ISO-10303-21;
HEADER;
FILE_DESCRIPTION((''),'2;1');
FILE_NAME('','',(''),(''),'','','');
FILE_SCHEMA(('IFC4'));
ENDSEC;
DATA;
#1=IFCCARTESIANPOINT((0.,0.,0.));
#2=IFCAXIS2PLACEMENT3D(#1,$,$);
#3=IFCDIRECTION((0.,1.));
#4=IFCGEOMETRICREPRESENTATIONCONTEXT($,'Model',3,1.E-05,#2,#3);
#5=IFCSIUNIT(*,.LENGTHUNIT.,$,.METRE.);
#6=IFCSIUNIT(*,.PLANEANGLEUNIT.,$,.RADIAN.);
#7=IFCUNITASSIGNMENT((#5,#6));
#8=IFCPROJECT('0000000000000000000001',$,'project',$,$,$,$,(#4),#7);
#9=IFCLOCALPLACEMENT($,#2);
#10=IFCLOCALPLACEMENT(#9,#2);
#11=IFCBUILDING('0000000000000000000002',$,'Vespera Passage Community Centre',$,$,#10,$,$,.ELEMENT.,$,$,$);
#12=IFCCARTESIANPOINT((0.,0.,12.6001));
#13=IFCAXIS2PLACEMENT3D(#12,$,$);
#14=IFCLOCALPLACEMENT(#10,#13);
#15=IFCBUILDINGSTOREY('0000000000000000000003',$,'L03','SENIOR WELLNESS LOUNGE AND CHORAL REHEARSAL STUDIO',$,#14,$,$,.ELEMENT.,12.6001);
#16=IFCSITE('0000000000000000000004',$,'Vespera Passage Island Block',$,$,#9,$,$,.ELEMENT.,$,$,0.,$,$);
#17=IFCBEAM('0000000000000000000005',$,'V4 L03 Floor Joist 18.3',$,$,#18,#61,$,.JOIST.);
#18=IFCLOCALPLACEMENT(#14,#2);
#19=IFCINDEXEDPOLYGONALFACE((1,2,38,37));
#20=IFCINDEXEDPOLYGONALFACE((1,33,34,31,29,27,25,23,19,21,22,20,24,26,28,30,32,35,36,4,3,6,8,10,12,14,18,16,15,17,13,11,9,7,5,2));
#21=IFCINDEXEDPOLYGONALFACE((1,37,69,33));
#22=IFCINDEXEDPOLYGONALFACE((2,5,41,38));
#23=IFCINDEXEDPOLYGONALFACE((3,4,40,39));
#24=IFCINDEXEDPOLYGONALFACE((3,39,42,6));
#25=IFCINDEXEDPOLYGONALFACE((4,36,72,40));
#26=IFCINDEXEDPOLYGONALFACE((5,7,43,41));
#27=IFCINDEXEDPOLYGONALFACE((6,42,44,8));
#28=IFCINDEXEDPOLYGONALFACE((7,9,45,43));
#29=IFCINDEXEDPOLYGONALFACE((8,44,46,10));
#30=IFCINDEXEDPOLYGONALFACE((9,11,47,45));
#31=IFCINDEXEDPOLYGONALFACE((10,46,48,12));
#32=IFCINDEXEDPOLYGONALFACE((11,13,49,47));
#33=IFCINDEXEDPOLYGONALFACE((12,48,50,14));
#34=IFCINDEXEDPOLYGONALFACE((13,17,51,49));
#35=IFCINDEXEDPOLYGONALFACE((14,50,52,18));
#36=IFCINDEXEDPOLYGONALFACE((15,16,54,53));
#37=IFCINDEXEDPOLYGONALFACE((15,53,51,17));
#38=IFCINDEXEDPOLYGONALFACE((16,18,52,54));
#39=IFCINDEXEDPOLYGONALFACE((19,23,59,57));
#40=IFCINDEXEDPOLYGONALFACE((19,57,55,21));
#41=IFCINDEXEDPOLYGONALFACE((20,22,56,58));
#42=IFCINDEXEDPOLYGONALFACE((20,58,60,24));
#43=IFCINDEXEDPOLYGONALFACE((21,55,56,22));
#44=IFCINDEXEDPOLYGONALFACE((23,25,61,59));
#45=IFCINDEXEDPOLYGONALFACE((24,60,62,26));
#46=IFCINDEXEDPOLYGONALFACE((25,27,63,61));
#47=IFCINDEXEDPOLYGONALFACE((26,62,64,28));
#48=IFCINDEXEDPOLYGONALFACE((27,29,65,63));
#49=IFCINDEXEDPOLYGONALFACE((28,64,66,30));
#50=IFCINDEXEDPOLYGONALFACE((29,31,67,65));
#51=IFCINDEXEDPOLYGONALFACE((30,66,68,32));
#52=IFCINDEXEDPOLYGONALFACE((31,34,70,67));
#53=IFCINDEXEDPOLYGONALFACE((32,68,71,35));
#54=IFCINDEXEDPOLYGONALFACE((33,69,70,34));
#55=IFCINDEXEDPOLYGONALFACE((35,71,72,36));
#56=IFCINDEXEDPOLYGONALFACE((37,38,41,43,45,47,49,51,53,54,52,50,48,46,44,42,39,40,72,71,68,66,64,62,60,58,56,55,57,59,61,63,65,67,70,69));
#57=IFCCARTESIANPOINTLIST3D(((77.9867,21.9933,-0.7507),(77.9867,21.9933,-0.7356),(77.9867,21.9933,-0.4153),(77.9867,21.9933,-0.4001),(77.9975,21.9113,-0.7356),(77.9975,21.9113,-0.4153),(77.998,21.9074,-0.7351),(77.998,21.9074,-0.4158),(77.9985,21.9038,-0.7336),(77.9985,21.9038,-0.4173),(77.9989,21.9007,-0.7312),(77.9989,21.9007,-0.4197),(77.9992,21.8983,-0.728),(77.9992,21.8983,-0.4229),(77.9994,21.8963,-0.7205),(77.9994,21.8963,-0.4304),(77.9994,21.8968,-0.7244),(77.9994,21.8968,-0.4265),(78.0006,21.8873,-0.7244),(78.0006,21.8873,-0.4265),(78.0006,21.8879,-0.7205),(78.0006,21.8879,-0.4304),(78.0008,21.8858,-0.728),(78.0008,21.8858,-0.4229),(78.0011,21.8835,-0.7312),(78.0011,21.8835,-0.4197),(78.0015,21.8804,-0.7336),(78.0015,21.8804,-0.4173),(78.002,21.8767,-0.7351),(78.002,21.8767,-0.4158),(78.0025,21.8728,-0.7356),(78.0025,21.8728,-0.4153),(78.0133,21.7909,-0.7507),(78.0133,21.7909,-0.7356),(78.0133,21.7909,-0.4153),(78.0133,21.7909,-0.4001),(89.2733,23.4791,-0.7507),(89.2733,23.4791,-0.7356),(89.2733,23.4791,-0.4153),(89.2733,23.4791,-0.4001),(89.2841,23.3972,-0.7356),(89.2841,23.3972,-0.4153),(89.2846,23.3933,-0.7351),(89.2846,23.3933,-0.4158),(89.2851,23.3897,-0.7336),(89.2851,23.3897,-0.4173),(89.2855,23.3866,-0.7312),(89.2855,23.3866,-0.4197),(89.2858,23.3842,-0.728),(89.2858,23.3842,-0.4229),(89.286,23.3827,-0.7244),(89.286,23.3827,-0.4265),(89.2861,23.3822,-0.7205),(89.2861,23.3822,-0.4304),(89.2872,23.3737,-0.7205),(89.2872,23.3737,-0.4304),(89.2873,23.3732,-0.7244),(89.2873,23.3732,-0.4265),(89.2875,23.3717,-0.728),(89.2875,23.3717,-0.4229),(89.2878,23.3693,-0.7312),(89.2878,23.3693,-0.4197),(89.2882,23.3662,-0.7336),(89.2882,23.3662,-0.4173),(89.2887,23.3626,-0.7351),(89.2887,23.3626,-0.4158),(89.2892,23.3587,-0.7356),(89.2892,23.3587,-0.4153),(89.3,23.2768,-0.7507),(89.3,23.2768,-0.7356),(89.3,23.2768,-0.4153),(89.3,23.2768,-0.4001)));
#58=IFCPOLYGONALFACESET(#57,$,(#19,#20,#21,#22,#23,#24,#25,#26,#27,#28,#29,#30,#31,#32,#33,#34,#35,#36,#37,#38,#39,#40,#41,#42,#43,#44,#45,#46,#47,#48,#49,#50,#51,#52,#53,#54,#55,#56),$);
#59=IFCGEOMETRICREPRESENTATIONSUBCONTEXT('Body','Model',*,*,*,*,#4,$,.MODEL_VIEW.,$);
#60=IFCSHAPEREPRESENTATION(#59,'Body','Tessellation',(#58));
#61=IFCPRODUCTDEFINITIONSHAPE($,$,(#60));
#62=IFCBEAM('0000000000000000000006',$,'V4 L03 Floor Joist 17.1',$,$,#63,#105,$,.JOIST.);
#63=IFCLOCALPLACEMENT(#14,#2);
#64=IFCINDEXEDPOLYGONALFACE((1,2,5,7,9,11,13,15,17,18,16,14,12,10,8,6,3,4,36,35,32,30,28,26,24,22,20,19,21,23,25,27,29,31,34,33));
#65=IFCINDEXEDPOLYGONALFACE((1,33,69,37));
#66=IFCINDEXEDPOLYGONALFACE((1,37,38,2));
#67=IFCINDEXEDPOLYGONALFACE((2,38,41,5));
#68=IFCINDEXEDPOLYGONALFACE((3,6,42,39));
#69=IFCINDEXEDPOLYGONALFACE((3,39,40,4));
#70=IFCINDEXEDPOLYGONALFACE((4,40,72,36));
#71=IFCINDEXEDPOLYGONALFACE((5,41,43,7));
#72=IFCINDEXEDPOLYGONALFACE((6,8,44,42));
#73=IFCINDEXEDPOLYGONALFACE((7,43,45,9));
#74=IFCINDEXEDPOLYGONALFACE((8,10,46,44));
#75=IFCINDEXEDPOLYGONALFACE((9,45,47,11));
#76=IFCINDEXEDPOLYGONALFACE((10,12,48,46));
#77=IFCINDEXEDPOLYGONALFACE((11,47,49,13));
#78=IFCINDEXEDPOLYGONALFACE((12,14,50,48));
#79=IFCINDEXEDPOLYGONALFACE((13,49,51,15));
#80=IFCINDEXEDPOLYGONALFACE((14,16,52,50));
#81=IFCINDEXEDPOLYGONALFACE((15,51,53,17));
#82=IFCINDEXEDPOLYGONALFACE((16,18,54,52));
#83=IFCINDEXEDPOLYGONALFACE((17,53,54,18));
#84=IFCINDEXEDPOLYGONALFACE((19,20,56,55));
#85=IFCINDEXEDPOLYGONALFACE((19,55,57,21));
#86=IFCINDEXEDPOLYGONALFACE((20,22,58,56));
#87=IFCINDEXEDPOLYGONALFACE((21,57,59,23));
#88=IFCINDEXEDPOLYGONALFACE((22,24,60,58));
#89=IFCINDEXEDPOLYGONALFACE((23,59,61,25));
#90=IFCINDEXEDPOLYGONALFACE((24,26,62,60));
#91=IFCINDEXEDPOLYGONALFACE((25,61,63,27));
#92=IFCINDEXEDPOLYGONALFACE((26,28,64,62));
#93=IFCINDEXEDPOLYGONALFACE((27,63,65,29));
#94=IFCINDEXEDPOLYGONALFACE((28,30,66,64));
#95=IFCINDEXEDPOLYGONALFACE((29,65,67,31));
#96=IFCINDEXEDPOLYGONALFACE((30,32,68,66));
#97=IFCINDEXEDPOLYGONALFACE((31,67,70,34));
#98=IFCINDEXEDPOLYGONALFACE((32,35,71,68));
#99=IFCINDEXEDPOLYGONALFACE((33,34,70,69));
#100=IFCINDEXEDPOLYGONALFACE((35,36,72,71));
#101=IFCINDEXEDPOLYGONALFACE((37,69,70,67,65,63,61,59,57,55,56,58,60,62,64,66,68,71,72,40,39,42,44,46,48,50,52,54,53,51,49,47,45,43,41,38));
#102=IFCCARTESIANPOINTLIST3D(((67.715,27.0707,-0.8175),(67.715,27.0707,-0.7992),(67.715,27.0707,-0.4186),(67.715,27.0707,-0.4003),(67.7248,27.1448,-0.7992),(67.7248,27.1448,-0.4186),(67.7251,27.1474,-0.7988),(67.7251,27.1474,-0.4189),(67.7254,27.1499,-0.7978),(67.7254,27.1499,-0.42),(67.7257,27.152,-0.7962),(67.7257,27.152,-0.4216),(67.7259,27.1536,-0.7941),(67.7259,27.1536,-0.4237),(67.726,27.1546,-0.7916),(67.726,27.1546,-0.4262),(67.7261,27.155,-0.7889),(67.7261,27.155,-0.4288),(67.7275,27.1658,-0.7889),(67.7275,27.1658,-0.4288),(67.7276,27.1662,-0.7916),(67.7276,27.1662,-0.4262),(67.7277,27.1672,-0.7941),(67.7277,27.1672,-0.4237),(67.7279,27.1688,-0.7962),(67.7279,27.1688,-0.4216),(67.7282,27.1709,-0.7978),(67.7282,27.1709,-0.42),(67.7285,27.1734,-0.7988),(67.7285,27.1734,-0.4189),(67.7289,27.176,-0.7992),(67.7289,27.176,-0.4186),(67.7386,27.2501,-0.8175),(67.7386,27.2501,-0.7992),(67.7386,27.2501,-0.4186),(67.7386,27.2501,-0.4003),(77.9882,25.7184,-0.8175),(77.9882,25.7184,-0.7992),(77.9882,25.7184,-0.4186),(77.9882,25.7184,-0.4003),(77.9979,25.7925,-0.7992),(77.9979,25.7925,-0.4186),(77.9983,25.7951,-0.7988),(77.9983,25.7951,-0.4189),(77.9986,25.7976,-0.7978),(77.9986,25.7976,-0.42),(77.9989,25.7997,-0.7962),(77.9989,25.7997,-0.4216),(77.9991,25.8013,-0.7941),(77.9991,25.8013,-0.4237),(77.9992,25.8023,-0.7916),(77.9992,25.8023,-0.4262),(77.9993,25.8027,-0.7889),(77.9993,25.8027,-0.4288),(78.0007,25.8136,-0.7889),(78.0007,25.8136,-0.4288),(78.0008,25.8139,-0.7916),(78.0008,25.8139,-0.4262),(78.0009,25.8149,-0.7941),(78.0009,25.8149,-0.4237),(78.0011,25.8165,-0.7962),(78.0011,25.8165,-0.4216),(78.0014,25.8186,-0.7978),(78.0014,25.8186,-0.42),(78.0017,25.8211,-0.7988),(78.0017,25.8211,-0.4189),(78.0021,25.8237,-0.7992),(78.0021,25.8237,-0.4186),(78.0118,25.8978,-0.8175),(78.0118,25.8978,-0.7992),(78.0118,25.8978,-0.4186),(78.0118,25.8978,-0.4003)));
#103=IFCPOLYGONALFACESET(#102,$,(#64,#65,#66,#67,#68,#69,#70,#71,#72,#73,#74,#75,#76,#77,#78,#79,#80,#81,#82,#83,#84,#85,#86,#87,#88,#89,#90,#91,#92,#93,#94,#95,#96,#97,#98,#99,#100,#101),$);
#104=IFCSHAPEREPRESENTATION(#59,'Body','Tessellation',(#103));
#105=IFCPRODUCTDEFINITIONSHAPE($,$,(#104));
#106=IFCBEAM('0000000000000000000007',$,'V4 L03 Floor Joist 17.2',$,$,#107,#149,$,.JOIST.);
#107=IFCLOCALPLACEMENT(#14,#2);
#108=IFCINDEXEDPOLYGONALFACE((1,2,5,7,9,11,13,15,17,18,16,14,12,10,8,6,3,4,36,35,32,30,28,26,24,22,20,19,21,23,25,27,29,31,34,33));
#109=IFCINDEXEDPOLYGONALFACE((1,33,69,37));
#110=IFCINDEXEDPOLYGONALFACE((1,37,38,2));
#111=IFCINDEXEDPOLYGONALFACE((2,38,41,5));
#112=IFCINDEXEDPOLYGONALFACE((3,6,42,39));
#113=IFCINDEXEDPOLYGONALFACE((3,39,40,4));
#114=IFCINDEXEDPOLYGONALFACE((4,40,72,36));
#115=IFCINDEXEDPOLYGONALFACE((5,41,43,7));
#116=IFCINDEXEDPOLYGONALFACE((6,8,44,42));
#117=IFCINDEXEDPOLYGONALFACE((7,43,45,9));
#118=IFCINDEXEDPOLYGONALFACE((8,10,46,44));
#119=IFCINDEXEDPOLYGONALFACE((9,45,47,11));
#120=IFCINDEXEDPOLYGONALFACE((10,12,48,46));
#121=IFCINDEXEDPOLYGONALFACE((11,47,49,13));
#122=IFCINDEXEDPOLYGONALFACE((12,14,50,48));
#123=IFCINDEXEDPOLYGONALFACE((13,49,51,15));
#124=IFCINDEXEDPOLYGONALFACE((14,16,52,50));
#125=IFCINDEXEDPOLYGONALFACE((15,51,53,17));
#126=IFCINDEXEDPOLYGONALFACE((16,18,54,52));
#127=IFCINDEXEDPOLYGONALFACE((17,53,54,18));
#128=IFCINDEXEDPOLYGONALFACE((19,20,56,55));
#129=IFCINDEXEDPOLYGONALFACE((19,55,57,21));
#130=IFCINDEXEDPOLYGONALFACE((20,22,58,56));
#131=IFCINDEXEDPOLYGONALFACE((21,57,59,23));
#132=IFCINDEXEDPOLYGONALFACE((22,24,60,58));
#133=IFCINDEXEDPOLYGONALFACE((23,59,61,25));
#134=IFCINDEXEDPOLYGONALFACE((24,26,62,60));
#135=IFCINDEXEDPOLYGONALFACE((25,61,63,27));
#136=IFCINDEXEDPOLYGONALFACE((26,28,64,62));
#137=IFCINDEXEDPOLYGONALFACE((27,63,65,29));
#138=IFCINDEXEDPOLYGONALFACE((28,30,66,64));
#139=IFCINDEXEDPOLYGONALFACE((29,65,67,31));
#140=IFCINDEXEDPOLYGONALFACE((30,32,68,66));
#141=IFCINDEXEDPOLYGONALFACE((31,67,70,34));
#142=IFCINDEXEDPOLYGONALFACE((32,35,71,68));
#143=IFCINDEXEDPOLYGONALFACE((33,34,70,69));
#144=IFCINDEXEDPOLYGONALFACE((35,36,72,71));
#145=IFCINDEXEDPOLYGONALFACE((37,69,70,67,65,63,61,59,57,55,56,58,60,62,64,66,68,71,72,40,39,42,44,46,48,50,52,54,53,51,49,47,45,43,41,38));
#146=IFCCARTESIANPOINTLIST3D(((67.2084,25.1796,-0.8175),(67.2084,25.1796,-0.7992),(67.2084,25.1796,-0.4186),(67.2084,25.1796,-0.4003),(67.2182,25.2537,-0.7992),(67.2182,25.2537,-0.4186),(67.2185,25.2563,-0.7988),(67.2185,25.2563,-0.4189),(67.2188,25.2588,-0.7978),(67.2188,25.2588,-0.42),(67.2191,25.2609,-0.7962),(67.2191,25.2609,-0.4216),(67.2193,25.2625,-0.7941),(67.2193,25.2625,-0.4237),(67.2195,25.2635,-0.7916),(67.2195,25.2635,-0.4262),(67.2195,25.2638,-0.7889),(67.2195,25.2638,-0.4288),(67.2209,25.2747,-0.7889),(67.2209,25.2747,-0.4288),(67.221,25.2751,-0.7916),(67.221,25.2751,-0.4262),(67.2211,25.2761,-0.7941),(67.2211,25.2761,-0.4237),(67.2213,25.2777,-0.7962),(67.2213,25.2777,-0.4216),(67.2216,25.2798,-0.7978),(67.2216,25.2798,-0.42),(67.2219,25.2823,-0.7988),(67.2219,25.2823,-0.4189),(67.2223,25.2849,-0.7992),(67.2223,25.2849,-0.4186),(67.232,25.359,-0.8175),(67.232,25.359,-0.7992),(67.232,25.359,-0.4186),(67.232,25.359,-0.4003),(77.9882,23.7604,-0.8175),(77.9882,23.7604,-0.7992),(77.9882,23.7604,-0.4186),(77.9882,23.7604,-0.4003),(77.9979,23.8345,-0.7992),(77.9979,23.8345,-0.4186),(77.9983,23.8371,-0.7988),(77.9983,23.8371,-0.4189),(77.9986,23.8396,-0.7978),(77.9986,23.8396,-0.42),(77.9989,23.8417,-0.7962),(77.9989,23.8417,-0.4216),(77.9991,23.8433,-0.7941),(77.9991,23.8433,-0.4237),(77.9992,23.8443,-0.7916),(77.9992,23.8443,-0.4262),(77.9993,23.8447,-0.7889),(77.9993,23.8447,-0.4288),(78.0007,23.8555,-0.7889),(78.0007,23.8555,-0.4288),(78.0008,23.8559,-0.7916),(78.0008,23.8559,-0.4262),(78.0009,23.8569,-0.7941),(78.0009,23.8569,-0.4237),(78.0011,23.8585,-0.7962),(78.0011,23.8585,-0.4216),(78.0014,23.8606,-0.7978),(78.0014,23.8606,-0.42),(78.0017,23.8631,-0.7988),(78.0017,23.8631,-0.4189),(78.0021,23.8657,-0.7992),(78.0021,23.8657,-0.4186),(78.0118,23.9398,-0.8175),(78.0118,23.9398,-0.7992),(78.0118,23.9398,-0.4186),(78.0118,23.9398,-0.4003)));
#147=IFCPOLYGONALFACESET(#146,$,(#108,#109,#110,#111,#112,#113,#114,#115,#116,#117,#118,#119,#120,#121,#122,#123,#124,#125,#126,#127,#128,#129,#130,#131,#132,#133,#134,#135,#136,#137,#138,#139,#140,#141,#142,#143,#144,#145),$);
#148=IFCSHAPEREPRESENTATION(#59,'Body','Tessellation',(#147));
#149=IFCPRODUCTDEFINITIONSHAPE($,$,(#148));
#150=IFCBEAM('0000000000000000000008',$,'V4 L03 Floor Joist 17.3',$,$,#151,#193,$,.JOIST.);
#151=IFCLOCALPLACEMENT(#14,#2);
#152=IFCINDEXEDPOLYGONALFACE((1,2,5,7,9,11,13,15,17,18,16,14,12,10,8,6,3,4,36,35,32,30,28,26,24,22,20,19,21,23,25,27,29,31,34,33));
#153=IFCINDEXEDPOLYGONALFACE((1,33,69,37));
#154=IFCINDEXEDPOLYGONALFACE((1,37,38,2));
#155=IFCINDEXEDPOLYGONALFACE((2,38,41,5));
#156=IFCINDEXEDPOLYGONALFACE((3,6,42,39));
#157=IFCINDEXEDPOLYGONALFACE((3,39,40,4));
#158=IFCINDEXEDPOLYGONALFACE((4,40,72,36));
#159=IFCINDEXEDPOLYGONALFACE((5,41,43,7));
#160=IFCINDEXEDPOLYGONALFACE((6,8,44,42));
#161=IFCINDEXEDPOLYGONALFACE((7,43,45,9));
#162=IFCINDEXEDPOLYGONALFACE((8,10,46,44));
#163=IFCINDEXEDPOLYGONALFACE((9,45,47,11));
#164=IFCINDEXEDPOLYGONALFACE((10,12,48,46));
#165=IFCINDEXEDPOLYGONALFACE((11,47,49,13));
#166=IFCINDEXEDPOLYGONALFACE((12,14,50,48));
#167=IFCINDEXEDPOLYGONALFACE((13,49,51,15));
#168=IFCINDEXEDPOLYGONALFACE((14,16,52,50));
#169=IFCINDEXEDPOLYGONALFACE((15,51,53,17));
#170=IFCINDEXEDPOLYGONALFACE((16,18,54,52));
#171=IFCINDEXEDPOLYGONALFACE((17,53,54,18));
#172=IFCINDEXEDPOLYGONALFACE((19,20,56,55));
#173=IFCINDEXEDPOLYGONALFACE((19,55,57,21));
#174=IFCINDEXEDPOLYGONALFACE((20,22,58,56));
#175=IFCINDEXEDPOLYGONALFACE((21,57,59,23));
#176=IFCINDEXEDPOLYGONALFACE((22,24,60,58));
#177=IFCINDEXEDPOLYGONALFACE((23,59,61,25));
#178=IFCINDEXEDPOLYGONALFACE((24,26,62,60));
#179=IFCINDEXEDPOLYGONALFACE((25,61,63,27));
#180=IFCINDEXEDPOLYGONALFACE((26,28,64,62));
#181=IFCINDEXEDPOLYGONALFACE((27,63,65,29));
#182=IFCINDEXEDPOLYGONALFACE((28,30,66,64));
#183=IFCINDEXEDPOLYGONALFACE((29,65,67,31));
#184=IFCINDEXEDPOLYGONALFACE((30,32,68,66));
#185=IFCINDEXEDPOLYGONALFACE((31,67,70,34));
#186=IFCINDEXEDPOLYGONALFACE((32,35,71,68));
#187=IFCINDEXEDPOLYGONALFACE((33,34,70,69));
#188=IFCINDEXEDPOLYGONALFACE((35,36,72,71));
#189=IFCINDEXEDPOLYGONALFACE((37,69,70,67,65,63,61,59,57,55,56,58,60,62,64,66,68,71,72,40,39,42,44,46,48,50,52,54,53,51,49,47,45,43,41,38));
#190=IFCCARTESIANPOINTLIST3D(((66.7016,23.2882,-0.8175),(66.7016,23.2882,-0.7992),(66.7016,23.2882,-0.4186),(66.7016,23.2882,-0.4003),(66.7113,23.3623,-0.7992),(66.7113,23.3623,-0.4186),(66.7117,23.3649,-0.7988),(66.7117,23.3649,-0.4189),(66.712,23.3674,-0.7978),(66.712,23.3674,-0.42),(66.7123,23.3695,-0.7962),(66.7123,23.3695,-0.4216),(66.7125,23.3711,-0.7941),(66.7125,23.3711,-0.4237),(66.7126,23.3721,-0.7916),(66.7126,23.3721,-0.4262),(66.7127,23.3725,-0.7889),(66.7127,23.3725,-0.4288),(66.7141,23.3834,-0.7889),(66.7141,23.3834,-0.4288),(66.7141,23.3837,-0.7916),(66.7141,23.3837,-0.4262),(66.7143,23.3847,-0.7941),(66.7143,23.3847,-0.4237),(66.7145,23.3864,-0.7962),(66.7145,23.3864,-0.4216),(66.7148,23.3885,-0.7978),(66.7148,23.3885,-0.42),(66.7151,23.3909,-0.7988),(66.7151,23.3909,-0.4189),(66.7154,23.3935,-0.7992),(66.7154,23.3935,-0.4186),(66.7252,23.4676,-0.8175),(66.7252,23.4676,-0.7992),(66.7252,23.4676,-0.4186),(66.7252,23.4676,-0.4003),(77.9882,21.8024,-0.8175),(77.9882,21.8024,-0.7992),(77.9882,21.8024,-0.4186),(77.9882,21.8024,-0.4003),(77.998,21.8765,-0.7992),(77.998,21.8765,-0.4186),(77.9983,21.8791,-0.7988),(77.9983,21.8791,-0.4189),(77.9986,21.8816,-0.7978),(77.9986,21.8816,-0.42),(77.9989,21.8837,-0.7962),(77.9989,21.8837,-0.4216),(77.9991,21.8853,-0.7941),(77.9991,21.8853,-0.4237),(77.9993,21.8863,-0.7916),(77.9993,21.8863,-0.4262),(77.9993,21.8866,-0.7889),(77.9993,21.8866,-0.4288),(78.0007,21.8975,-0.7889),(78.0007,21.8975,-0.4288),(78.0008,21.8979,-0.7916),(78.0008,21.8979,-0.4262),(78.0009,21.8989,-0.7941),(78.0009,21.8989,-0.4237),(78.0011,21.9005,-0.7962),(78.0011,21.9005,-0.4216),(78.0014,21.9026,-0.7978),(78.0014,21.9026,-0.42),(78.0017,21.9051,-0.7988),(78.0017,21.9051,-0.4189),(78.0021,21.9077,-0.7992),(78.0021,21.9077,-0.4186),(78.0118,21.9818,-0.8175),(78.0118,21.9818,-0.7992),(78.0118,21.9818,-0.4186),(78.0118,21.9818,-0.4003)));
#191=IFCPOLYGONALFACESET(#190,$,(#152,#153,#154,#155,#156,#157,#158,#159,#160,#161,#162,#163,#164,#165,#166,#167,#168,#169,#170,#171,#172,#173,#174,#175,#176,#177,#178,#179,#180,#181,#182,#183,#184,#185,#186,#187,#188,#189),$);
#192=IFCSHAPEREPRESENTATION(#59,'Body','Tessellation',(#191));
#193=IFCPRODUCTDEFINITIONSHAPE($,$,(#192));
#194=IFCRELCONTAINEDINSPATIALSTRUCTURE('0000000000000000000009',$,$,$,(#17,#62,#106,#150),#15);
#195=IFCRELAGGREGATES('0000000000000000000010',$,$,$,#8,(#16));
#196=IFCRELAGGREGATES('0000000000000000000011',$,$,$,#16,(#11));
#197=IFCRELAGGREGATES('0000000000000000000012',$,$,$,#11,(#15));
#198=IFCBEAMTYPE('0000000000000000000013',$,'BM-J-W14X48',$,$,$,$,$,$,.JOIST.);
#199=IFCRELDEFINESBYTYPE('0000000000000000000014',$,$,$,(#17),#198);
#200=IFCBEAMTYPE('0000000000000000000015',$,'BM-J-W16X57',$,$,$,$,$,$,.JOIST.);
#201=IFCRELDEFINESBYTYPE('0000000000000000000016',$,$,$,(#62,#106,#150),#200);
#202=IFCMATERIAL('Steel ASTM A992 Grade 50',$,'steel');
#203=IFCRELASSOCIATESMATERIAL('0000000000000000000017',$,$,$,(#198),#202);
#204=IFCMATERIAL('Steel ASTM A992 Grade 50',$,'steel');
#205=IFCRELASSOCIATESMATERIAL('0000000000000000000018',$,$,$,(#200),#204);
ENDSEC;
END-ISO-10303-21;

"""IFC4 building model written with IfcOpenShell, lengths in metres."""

from ifc_helpers import new_model, si_unit, direction, frame, origin, origin_2d, place, context, subcontext, project, spatial, i_section, extrude, material, material_profile, profile_set, type_object, element, save


model = new_model("IFC4")

# Units and contexts
model_context = context("Model", 3, precision=1e-05, world=origin(), true_north=direction((0.0, 1.0)))
body_context = subcontext(model_context, "Body", "Model", "MODEL_VIEW")
ifc_project = project(units=[si_unit("LENGTHUNIT", "METRE"), si_unit("PLANEANGLEUNIT", "RADIAN")], contexts=[model_context])

# Site, building, storey
site_placement = place(None, origin())
site = spatial("IfcSite", under=ifc_project, at=site_placement, Name="Vespera Passage Island Block", CompositionType="ELEMENT", RefElevation=0.0)
building_placement = place(site_placement, origin())
building = spatial("IfcBuilding", under=site, at=building_placement, Name="Vespera Passage Community Centre", CompositionType="ELEMENT")
storey_placement = place(building_placement, frame((0.0, 0.0, 12.6001)))
storey = spatial("IfcBuildingStorey", under=building, at=storey_placement, Name="L03", Description="SENIOR WELLNESS LOUNGE AND CHORAL REHEARSAL STUDIO", CompositionType="ELEMENT", Elevation=12.6001)

# Beams
ifc_material_1 = material(Name="Steel ASTM A992 Grade 50", Category="steel")
ifc_material_profile_1 = material_profile(ifc_material_1, i_section(OverallWidth=0.2041, OverallDepth=0.3506, WebThickness=0.0085, FlangeThickness=0.0151, FilletRadius=0.0151, at=origin_2d()), Name="W14X48")
ifc_profile_set_1 = profile_set([ifc_material_profile_1], Name="Steel ASTM A992 Grade 50")
beam_type_1 = type_object("IfcBeamType", Name="BM-J-W14X48", PredefinedType="JOIST", material=ifc_profile_set_1)
beam_1_placement = place(storey_placement, frame((78.0, 21.8921, -0.5754), z_axis=(0.991446, 0.13052, 0.0), x_axis=(-0.13052, 0.991446, 0.0)))
element("IfcBeam", 1, at=beam_1_placement, inside=storey, type_object=beam_type_1, Name="V4 L03 Floor Joist 18.3", PredefinedType="JOIST", context=body_context, shape_type="SweptSolid", body=[
    extrude(i_section(OverallWidth=0.2041, OverallDepth=0.3506, WebThickness=0.0085, FlangeThickness=0.0151, FilletRadius=0.0151, at=origin_2d()), origin(), (0.0, 0.0, 1.0), 11.384),
])
ifc_material_2 = material(Name="Steel ASTM A992 Grade 50", Category="steel")
ifc_material_profile_2 = material_profile(ifc_material_2, i_section(OverallWidth=0.1809, OverallDepth=0.4172, WebThickness=0.011, FlangeThickness=0.0183, FilletRadius=0.0103, at=origin_2d()), Name="W16X57")
ifc_profile_set_2 = profile_set([ifc_material_profile_2], Name="Steel ASTM A992 Grade 50")
beam_type_2 = type_object("IfcBeamType", Name="BM-J-W16X57", PredefinedType="JOIST", material=ifc_profile_set_2)
beam_2_placement = place(storey_placement, frame((67.7268, 27.1604, -0.6089), z_axis=(0.991447, -0.130508, 0.0), x_axis=(0.130508, 0.991447, 0.0)))
element("IfcBeam", 2, at=beam_2_placement, inside=storey, type_object=beam_type_2, Name="V4 L03 Floor Joist 17.1", PredefinedType="JOIST", context=body_context, shape_type="SweptSolid", body=[
    extrude(i_section(OverallWidth=0.1809, OverallDepth=0.4172, WebThickness=0.011, FlangeThickness=0.0183, FilletRadius=0.0103, at=origin_2d()), origin(), (0.0, 0.0, 1.0), 10.3618),
])
beam_3_placement = place(storey_placement, frame((67.2202, 25.2693, -0.6089), z_axis=(0.991445, -0.130527, 0.0), x_axis=(0.130527, 0.991445, 0.0)))
element("IfcBeam", 3, at=beam_3_placement, inside=storey, type_object=beam_type_2, Name="V4 L03 Floor Joist 17.2", PredefinedType="JOIST", context=body_context, shape_type="SweptSolid", body=[
    extrude(i_section(OverallWidth=0.1809, OverallDepth=0.4172, WebThickness=0.011, FlangeThickness=0.0183, FilletRadius=0.0103, at=origin_2d()), origin(), (0.0, 0.0, 1.0), 10.8728),
])
beam_4_placement = place(storey_placement, frame((66.7134, 23.3779, -0.6089), z_axis=(0.991446, -0.13052, 0.0), x_axis=(0.13052, 0.991446, 0.0)))
element("IfcBeam", 4, at=beam_4_placement, inside=storey, type_object=beam_type_2, Name="V4 L03 Floor Joist 17.3", PredefinedType="JOIST", context=body_context, shape_type="SweptSolid", body=[
    extrude(i_section(OverallWidth=0.1809, OverallDepth=0.4172, WebThickness=0.011, FlangeThickness=0.0183, FilletRadius=0.0103, at=origin_2d()), origin(), (0.0, 0.0, 1.0), 11.384),
])

save(model, "model.ifc")
